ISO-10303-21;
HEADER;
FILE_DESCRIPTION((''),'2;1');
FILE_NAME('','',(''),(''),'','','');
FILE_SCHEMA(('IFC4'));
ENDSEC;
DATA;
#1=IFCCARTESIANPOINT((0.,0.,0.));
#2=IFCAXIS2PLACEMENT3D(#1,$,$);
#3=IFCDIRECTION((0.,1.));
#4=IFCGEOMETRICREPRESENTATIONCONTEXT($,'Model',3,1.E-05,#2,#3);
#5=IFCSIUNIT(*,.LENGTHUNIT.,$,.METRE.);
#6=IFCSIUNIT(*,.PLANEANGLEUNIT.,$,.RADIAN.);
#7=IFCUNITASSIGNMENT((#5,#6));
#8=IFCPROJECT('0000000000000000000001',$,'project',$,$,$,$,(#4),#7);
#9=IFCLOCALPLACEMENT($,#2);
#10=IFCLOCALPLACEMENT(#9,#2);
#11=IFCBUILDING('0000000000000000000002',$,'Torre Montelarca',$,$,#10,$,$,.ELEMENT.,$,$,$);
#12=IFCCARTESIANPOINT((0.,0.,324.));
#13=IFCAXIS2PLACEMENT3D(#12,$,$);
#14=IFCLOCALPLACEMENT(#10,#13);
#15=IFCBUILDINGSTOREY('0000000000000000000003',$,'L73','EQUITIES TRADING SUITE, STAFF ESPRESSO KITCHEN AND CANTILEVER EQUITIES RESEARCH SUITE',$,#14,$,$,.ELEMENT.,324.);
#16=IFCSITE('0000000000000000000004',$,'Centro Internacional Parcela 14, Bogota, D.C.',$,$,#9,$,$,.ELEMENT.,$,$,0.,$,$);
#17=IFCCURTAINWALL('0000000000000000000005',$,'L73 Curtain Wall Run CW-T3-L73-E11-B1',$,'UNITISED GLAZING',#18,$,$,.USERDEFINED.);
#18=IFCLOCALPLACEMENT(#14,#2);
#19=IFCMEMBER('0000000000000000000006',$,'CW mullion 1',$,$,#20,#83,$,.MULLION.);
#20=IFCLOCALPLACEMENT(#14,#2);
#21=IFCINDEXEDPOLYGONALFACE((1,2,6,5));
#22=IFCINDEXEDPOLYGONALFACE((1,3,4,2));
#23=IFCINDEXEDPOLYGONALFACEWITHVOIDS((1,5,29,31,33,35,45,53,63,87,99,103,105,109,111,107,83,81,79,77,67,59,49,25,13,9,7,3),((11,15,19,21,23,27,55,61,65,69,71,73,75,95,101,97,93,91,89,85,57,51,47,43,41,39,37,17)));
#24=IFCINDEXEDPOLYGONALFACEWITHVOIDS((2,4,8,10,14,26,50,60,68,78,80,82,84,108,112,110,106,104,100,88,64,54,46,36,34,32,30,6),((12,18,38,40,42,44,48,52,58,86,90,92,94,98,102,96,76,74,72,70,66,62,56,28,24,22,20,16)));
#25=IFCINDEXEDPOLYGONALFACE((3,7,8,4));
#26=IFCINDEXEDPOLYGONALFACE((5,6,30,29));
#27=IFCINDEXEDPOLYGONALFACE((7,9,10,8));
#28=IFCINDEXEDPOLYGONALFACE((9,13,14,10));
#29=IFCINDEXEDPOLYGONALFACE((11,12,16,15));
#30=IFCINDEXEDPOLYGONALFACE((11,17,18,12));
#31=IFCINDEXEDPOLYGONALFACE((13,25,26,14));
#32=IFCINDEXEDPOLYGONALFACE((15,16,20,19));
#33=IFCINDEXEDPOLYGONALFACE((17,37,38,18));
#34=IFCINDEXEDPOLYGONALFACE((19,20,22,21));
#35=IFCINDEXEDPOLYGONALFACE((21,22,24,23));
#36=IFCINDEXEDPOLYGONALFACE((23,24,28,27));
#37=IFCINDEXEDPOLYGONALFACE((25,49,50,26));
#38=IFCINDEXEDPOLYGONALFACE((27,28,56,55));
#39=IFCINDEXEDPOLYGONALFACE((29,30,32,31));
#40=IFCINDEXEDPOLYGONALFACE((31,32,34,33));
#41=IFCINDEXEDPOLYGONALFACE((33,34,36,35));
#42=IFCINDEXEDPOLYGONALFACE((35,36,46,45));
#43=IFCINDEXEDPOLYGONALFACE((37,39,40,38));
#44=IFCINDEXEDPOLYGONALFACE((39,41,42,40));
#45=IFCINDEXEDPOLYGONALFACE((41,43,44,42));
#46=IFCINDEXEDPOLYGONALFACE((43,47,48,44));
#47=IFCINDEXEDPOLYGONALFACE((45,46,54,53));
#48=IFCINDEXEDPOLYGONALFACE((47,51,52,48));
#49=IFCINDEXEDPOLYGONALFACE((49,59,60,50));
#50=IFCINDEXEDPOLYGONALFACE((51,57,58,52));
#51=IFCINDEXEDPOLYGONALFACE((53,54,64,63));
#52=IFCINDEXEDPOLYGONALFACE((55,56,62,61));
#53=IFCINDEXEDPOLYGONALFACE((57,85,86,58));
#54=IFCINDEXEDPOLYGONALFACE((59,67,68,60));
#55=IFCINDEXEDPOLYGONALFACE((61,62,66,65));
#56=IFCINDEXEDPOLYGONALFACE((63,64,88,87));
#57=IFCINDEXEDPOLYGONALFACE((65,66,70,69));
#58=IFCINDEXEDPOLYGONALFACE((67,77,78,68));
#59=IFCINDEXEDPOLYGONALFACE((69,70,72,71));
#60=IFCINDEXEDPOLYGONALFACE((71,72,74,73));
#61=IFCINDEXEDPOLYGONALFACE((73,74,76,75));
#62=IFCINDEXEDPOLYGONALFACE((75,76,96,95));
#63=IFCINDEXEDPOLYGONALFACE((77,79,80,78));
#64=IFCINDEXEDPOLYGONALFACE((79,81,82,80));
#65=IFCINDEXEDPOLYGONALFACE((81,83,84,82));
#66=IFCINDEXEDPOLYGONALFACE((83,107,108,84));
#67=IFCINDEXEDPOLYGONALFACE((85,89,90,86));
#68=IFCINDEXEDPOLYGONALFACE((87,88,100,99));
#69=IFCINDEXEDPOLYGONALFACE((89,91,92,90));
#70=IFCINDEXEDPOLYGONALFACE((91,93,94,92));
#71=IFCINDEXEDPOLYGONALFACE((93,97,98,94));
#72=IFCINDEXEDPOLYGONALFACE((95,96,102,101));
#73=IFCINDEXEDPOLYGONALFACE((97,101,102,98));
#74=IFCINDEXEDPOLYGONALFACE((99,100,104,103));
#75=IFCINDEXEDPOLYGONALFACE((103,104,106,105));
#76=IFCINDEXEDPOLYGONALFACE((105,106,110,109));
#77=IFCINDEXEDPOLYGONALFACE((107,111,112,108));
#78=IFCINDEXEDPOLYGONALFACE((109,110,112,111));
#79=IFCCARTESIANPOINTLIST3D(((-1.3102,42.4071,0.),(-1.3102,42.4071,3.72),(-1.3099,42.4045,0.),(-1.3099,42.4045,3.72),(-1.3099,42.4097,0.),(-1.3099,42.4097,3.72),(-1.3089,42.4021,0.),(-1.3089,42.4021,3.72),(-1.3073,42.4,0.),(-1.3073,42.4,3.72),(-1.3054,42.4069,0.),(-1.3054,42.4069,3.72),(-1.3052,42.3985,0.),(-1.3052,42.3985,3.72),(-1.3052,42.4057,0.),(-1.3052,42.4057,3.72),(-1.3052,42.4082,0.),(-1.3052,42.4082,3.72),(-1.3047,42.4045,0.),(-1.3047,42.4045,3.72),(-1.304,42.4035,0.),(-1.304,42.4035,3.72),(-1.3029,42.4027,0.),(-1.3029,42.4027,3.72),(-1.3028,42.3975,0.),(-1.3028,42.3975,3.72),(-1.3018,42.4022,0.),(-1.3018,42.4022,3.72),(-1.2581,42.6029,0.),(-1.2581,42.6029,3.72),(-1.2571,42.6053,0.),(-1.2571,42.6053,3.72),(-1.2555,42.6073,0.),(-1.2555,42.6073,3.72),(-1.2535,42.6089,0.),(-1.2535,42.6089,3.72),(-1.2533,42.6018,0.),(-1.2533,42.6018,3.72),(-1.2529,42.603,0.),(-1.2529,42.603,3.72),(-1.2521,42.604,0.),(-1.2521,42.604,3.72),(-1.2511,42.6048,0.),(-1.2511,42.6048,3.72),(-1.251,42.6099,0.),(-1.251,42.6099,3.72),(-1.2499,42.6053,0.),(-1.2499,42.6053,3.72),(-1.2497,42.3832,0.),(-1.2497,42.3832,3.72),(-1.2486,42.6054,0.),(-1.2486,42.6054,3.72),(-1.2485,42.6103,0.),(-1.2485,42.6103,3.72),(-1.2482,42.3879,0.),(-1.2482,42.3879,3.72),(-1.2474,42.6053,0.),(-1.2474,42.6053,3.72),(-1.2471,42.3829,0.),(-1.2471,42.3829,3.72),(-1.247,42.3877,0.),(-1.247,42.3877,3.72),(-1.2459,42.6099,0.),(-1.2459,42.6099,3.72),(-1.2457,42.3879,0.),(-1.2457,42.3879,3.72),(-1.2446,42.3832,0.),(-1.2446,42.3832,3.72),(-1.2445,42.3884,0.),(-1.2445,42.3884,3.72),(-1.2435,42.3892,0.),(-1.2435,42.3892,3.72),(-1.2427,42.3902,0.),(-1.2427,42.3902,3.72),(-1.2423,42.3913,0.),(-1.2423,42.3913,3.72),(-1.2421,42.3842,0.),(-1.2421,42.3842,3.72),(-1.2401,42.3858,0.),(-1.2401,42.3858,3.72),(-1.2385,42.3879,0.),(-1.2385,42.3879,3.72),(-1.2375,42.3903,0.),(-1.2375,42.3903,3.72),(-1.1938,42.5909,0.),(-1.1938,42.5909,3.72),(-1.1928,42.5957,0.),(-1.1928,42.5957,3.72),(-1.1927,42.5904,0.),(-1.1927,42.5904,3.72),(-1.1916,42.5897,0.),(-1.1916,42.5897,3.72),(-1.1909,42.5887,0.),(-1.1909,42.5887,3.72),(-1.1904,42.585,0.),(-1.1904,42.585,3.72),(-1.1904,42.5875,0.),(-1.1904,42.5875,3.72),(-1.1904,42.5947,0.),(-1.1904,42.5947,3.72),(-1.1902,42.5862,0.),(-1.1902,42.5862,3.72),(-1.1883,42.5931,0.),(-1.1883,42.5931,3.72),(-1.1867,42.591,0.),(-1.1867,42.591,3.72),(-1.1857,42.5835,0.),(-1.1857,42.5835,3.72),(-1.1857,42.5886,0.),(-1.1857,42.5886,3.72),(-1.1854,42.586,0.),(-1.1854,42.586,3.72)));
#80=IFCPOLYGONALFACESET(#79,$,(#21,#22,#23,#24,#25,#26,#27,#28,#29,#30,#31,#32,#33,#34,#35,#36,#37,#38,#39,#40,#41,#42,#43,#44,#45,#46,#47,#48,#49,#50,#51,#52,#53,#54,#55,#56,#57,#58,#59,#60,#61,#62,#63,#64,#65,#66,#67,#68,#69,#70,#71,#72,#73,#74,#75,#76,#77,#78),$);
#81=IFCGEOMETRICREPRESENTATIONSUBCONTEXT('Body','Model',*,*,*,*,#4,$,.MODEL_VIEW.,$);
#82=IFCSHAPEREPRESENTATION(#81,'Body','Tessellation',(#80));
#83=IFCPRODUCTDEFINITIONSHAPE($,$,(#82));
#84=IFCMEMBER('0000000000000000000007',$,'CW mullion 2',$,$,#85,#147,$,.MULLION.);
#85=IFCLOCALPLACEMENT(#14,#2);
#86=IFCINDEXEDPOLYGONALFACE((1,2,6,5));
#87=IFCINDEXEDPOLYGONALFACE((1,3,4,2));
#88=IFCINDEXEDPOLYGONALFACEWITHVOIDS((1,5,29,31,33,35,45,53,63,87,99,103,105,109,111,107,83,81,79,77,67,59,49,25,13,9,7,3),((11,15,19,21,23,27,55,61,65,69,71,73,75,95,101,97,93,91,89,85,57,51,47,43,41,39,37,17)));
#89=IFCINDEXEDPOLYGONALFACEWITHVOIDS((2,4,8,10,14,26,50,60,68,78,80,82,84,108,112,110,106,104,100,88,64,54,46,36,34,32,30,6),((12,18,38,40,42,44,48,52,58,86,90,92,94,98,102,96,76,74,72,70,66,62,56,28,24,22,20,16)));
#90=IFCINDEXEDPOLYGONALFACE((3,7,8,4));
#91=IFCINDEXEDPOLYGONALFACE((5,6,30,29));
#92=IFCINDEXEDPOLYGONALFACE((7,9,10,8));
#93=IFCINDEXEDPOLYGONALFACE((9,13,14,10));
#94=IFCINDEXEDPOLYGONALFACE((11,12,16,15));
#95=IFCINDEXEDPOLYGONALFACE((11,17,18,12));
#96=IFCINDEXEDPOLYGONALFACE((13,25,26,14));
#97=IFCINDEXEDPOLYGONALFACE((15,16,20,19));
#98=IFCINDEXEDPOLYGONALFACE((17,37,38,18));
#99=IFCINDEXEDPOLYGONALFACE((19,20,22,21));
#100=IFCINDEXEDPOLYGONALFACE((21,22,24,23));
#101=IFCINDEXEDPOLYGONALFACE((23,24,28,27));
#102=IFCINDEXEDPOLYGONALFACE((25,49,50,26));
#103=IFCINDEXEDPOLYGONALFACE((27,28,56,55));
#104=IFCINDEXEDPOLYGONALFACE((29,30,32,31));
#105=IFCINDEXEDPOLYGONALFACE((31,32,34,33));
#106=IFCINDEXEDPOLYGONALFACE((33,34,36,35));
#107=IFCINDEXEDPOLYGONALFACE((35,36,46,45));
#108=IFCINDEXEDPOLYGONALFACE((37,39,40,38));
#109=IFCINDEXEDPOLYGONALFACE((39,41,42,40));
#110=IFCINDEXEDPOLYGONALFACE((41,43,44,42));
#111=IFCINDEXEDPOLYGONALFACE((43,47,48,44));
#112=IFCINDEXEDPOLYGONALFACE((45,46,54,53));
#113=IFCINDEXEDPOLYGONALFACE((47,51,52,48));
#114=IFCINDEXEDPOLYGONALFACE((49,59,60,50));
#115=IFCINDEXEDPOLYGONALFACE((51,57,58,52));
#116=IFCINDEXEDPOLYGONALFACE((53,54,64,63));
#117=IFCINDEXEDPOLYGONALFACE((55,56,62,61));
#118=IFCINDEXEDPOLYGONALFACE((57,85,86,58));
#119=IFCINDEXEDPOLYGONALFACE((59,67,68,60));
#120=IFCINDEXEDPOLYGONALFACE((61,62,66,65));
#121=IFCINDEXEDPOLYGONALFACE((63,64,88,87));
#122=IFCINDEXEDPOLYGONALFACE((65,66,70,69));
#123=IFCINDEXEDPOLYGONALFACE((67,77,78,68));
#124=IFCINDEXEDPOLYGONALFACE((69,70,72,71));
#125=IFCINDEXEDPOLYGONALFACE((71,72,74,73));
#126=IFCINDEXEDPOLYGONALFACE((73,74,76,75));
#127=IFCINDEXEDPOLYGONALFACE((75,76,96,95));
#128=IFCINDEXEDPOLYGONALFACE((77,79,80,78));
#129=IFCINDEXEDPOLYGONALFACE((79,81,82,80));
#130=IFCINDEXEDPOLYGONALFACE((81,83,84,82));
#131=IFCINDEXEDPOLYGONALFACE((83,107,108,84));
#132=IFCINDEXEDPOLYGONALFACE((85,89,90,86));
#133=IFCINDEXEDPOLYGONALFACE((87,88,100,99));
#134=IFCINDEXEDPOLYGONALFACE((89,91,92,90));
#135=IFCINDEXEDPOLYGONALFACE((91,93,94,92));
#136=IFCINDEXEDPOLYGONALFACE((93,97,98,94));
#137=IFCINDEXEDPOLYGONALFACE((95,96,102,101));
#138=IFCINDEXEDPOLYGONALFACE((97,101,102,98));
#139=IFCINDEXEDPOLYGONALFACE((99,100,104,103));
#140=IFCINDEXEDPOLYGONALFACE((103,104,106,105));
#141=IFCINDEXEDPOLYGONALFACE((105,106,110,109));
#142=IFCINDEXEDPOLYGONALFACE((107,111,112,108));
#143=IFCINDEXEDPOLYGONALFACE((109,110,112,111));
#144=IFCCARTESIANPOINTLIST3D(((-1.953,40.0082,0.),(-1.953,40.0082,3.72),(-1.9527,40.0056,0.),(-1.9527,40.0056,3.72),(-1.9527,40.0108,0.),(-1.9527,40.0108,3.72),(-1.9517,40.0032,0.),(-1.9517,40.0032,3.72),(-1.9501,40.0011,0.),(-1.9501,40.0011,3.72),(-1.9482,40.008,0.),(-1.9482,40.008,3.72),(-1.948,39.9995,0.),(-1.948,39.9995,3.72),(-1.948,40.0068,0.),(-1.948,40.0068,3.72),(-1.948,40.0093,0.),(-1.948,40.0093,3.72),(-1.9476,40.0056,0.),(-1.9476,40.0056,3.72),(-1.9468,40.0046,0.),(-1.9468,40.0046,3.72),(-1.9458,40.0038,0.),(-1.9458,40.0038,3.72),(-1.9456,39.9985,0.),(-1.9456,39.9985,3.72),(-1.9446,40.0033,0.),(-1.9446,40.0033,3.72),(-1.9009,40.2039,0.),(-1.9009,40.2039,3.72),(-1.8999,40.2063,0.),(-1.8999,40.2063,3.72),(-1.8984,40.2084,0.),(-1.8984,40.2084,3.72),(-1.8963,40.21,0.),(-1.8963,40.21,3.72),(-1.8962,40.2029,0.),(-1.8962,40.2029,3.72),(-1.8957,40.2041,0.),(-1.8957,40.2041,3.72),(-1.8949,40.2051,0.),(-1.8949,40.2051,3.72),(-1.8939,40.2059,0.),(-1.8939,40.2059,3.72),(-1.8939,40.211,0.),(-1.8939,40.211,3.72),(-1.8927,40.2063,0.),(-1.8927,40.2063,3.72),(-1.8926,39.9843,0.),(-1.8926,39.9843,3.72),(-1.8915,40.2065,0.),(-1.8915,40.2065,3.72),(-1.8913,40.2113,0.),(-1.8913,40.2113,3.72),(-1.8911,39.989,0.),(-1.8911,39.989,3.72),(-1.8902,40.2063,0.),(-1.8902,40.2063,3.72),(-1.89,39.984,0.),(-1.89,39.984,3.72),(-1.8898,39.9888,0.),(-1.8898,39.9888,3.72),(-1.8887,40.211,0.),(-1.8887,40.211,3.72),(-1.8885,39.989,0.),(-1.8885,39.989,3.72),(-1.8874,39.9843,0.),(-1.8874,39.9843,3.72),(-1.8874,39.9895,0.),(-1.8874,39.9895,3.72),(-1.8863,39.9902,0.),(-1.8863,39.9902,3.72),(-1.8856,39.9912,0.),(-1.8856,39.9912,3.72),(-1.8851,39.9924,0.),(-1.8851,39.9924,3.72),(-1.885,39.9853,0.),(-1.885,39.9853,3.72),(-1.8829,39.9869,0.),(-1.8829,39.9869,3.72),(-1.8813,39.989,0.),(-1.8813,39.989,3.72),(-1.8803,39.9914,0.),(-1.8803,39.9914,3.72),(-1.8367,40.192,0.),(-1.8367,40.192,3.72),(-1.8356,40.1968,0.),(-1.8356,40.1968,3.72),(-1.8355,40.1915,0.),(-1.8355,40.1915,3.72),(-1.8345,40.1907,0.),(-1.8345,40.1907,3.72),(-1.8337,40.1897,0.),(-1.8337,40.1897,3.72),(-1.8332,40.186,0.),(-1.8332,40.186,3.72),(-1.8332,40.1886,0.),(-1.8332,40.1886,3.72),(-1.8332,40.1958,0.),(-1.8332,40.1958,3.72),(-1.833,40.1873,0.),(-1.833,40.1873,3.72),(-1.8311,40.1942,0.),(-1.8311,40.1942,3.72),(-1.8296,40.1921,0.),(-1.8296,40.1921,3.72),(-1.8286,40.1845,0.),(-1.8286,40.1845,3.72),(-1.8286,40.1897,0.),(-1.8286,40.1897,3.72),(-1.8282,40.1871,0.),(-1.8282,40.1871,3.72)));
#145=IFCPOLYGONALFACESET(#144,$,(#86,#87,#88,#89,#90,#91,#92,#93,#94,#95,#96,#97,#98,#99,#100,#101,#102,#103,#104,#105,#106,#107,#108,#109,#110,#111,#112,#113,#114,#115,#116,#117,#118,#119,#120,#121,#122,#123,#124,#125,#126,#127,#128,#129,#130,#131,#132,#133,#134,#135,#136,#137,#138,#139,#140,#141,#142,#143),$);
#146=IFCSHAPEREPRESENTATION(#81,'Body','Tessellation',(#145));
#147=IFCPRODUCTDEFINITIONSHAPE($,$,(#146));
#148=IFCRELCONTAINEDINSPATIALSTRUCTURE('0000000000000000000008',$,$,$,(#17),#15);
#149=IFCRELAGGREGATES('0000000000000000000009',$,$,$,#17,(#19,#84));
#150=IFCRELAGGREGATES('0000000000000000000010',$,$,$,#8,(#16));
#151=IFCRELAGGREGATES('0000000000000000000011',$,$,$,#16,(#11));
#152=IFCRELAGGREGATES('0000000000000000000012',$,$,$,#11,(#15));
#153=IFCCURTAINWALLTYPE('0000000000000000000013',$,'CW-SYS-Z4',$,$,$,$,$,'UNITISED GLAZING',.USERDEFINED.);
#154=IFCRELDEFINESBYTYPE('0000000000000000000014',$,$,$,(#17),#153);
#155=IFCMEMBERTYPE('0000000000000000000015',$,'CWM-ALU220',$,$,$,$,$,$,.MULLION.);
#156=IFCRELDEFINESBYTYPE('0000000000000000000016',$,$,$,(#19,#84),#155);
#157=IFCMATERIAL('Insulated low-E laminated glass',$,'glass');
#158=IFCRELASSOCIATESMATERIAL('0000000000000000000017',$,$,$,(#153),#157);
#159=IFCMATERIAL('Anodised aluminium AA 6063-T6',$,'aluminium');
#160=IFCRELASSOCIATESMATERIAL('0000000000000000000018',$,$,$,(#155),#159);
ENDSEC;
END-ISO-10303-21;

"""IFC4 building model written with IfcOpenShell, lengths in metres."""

from ifc_helpers import new_model, si_unit, direction, frame, origin, origin_2d, place, context, subcontext, project, spatial, hollow_rectangle, extrude, source, transform, mapped, material, material_profile, profile_set, type_object, element, aggregate, save


model = new_model("IFC4")

# Units and contexts
model_context = context("Model", 3, precision=1e-05, world=origin(), true_north=direction((0.0, 1.0)))
body_context = subcontext(model_context, "Body", "Model", "MODEL_VIEW")
ifc_project = project(units=[si_unit("LENGTHUNIT", "METRE"), si_unit("PLANEANGLEUNIT", "RADIAN")], contexts=[model_context])

# Site, building, storey
site_placement = place(None, origin())
site = spatial("IfcSite", under=ifc_project, at=site_placement, Name="Centro Internacional Parcela 14, Bogota, D.C.", CompositionType="ELEMENT", RefElevation=0.0)
building_placement = place(site_placement, origin())
building = spatial("IfcBuilding", under=site, at=building_placement, Name="Torre Montelarca", CompositionType="ELEMENT")
storey_placement = place(building_placement, frame((0.0, 0.0, 324.0)))
storey = spatial("IfcBuildingStorey", under=building, at=storey_placement, Name="L73", Description="EQUITIES TRADING SUITE, STAFF ESPRESSO KITCHEN AND CANTILEVER EQUITIES RESEARCH SUITE", CompositionType="ELEMENT", Elevation=324.0)

# Curtain wall, members
ifc_material_1 = material(Name="Insulated low-E laminated glass", Category="glass")
curtain_wall_type = type_object("IfcCurtainWallType", Name="CW-SYS-Z4", ElementType="UNITISED GLAZING", PredefinedType="USERDEFINED", material=ifc_material_1)
ifc_material_2 = material(Name="Anodised aluminium AA 6063-T6", Category="aluminium")
ifc_material_profile_1 = material_profile(ifc_material_2, hollow_rectangle(XDim=0.075, YDim=0.22, WallThickness=0.0049, InnerFilletRadius=0.0049, OuterFilletRadius=0.01, at=origin_2d()), Name="ALU75X220X5", Category="aluminium")
ifc_profile_set_1 = profile_set([ifc_material_profile_1], Name="Anodised aluminium AA 6063-T6")
member_type_1 = type_object("IfcMemberType", Name="CWM-ALU220", PredefinedType="MULLION", material=ifc_profile_set_1)
shared_shape_1 = source(origin(), body_context, "Body", "SweptSolid", [
    extrude(hollow_rectangle(XDim=0.075, YDim=0.22, WallThickness=0.0049, InnerFilletRadius=0.0049, OuterFilletRadius=0.01, at=origin_2d()), origin(), (0.0, 0.0, 1.0), 3.72),
])
curtain_wall_1_placement = place(storey_placement, origin())
curtain_wall_1 = element("IfcCurtainWall", 1, at=curtain_wall_1_placement, inside=storey, type_object=curtain_wall_type, Name="L73 Curtain Wall Run CW-T3-L73-E11-B1", ObjectType="UNITISED GLAZING", PredefinedType="USERDEFINED")
member_1_placement = place(storey_placement, frame((-1.2478, 42.4966, 0.0), z_axis=(0.0, 0.0, 1.0), x_axis=(0.965927, -0.258815, 0.0)))
member_1 = element("IfcMember", 2, at=member_1_placement, type_object=member_type_1, Name="CW mullion 1", PredefinedType="MULLION", context=body_context, shape_type="MappedRepresentation", body=[
    mapped(shared_shape_1, transform((0.0, 0.0, 0.0), scale=1.0)),
])
member_2_placement = place(storey_placement, frame((-1.8906, 40.0977, 0.0), z_axis=(0.0, 0.0, 1.0), x_axis=(0.965927, -0.258815, 0.0)))
member_2 = element("IfcMember", 3, at=member_2_placement, type_object=member_type_1, Name="CW mullion 2", PredefinedType="MULLION", context=body_context, shape_type="MappedRepresentation", body=[
    mapped(shared_shape_1, transform((0.0, 0.0, 0.0), scale=1.0)),
])

aggregate(curtain_wall_1, [member_1, member_2])

save(model, "model.ifc")
